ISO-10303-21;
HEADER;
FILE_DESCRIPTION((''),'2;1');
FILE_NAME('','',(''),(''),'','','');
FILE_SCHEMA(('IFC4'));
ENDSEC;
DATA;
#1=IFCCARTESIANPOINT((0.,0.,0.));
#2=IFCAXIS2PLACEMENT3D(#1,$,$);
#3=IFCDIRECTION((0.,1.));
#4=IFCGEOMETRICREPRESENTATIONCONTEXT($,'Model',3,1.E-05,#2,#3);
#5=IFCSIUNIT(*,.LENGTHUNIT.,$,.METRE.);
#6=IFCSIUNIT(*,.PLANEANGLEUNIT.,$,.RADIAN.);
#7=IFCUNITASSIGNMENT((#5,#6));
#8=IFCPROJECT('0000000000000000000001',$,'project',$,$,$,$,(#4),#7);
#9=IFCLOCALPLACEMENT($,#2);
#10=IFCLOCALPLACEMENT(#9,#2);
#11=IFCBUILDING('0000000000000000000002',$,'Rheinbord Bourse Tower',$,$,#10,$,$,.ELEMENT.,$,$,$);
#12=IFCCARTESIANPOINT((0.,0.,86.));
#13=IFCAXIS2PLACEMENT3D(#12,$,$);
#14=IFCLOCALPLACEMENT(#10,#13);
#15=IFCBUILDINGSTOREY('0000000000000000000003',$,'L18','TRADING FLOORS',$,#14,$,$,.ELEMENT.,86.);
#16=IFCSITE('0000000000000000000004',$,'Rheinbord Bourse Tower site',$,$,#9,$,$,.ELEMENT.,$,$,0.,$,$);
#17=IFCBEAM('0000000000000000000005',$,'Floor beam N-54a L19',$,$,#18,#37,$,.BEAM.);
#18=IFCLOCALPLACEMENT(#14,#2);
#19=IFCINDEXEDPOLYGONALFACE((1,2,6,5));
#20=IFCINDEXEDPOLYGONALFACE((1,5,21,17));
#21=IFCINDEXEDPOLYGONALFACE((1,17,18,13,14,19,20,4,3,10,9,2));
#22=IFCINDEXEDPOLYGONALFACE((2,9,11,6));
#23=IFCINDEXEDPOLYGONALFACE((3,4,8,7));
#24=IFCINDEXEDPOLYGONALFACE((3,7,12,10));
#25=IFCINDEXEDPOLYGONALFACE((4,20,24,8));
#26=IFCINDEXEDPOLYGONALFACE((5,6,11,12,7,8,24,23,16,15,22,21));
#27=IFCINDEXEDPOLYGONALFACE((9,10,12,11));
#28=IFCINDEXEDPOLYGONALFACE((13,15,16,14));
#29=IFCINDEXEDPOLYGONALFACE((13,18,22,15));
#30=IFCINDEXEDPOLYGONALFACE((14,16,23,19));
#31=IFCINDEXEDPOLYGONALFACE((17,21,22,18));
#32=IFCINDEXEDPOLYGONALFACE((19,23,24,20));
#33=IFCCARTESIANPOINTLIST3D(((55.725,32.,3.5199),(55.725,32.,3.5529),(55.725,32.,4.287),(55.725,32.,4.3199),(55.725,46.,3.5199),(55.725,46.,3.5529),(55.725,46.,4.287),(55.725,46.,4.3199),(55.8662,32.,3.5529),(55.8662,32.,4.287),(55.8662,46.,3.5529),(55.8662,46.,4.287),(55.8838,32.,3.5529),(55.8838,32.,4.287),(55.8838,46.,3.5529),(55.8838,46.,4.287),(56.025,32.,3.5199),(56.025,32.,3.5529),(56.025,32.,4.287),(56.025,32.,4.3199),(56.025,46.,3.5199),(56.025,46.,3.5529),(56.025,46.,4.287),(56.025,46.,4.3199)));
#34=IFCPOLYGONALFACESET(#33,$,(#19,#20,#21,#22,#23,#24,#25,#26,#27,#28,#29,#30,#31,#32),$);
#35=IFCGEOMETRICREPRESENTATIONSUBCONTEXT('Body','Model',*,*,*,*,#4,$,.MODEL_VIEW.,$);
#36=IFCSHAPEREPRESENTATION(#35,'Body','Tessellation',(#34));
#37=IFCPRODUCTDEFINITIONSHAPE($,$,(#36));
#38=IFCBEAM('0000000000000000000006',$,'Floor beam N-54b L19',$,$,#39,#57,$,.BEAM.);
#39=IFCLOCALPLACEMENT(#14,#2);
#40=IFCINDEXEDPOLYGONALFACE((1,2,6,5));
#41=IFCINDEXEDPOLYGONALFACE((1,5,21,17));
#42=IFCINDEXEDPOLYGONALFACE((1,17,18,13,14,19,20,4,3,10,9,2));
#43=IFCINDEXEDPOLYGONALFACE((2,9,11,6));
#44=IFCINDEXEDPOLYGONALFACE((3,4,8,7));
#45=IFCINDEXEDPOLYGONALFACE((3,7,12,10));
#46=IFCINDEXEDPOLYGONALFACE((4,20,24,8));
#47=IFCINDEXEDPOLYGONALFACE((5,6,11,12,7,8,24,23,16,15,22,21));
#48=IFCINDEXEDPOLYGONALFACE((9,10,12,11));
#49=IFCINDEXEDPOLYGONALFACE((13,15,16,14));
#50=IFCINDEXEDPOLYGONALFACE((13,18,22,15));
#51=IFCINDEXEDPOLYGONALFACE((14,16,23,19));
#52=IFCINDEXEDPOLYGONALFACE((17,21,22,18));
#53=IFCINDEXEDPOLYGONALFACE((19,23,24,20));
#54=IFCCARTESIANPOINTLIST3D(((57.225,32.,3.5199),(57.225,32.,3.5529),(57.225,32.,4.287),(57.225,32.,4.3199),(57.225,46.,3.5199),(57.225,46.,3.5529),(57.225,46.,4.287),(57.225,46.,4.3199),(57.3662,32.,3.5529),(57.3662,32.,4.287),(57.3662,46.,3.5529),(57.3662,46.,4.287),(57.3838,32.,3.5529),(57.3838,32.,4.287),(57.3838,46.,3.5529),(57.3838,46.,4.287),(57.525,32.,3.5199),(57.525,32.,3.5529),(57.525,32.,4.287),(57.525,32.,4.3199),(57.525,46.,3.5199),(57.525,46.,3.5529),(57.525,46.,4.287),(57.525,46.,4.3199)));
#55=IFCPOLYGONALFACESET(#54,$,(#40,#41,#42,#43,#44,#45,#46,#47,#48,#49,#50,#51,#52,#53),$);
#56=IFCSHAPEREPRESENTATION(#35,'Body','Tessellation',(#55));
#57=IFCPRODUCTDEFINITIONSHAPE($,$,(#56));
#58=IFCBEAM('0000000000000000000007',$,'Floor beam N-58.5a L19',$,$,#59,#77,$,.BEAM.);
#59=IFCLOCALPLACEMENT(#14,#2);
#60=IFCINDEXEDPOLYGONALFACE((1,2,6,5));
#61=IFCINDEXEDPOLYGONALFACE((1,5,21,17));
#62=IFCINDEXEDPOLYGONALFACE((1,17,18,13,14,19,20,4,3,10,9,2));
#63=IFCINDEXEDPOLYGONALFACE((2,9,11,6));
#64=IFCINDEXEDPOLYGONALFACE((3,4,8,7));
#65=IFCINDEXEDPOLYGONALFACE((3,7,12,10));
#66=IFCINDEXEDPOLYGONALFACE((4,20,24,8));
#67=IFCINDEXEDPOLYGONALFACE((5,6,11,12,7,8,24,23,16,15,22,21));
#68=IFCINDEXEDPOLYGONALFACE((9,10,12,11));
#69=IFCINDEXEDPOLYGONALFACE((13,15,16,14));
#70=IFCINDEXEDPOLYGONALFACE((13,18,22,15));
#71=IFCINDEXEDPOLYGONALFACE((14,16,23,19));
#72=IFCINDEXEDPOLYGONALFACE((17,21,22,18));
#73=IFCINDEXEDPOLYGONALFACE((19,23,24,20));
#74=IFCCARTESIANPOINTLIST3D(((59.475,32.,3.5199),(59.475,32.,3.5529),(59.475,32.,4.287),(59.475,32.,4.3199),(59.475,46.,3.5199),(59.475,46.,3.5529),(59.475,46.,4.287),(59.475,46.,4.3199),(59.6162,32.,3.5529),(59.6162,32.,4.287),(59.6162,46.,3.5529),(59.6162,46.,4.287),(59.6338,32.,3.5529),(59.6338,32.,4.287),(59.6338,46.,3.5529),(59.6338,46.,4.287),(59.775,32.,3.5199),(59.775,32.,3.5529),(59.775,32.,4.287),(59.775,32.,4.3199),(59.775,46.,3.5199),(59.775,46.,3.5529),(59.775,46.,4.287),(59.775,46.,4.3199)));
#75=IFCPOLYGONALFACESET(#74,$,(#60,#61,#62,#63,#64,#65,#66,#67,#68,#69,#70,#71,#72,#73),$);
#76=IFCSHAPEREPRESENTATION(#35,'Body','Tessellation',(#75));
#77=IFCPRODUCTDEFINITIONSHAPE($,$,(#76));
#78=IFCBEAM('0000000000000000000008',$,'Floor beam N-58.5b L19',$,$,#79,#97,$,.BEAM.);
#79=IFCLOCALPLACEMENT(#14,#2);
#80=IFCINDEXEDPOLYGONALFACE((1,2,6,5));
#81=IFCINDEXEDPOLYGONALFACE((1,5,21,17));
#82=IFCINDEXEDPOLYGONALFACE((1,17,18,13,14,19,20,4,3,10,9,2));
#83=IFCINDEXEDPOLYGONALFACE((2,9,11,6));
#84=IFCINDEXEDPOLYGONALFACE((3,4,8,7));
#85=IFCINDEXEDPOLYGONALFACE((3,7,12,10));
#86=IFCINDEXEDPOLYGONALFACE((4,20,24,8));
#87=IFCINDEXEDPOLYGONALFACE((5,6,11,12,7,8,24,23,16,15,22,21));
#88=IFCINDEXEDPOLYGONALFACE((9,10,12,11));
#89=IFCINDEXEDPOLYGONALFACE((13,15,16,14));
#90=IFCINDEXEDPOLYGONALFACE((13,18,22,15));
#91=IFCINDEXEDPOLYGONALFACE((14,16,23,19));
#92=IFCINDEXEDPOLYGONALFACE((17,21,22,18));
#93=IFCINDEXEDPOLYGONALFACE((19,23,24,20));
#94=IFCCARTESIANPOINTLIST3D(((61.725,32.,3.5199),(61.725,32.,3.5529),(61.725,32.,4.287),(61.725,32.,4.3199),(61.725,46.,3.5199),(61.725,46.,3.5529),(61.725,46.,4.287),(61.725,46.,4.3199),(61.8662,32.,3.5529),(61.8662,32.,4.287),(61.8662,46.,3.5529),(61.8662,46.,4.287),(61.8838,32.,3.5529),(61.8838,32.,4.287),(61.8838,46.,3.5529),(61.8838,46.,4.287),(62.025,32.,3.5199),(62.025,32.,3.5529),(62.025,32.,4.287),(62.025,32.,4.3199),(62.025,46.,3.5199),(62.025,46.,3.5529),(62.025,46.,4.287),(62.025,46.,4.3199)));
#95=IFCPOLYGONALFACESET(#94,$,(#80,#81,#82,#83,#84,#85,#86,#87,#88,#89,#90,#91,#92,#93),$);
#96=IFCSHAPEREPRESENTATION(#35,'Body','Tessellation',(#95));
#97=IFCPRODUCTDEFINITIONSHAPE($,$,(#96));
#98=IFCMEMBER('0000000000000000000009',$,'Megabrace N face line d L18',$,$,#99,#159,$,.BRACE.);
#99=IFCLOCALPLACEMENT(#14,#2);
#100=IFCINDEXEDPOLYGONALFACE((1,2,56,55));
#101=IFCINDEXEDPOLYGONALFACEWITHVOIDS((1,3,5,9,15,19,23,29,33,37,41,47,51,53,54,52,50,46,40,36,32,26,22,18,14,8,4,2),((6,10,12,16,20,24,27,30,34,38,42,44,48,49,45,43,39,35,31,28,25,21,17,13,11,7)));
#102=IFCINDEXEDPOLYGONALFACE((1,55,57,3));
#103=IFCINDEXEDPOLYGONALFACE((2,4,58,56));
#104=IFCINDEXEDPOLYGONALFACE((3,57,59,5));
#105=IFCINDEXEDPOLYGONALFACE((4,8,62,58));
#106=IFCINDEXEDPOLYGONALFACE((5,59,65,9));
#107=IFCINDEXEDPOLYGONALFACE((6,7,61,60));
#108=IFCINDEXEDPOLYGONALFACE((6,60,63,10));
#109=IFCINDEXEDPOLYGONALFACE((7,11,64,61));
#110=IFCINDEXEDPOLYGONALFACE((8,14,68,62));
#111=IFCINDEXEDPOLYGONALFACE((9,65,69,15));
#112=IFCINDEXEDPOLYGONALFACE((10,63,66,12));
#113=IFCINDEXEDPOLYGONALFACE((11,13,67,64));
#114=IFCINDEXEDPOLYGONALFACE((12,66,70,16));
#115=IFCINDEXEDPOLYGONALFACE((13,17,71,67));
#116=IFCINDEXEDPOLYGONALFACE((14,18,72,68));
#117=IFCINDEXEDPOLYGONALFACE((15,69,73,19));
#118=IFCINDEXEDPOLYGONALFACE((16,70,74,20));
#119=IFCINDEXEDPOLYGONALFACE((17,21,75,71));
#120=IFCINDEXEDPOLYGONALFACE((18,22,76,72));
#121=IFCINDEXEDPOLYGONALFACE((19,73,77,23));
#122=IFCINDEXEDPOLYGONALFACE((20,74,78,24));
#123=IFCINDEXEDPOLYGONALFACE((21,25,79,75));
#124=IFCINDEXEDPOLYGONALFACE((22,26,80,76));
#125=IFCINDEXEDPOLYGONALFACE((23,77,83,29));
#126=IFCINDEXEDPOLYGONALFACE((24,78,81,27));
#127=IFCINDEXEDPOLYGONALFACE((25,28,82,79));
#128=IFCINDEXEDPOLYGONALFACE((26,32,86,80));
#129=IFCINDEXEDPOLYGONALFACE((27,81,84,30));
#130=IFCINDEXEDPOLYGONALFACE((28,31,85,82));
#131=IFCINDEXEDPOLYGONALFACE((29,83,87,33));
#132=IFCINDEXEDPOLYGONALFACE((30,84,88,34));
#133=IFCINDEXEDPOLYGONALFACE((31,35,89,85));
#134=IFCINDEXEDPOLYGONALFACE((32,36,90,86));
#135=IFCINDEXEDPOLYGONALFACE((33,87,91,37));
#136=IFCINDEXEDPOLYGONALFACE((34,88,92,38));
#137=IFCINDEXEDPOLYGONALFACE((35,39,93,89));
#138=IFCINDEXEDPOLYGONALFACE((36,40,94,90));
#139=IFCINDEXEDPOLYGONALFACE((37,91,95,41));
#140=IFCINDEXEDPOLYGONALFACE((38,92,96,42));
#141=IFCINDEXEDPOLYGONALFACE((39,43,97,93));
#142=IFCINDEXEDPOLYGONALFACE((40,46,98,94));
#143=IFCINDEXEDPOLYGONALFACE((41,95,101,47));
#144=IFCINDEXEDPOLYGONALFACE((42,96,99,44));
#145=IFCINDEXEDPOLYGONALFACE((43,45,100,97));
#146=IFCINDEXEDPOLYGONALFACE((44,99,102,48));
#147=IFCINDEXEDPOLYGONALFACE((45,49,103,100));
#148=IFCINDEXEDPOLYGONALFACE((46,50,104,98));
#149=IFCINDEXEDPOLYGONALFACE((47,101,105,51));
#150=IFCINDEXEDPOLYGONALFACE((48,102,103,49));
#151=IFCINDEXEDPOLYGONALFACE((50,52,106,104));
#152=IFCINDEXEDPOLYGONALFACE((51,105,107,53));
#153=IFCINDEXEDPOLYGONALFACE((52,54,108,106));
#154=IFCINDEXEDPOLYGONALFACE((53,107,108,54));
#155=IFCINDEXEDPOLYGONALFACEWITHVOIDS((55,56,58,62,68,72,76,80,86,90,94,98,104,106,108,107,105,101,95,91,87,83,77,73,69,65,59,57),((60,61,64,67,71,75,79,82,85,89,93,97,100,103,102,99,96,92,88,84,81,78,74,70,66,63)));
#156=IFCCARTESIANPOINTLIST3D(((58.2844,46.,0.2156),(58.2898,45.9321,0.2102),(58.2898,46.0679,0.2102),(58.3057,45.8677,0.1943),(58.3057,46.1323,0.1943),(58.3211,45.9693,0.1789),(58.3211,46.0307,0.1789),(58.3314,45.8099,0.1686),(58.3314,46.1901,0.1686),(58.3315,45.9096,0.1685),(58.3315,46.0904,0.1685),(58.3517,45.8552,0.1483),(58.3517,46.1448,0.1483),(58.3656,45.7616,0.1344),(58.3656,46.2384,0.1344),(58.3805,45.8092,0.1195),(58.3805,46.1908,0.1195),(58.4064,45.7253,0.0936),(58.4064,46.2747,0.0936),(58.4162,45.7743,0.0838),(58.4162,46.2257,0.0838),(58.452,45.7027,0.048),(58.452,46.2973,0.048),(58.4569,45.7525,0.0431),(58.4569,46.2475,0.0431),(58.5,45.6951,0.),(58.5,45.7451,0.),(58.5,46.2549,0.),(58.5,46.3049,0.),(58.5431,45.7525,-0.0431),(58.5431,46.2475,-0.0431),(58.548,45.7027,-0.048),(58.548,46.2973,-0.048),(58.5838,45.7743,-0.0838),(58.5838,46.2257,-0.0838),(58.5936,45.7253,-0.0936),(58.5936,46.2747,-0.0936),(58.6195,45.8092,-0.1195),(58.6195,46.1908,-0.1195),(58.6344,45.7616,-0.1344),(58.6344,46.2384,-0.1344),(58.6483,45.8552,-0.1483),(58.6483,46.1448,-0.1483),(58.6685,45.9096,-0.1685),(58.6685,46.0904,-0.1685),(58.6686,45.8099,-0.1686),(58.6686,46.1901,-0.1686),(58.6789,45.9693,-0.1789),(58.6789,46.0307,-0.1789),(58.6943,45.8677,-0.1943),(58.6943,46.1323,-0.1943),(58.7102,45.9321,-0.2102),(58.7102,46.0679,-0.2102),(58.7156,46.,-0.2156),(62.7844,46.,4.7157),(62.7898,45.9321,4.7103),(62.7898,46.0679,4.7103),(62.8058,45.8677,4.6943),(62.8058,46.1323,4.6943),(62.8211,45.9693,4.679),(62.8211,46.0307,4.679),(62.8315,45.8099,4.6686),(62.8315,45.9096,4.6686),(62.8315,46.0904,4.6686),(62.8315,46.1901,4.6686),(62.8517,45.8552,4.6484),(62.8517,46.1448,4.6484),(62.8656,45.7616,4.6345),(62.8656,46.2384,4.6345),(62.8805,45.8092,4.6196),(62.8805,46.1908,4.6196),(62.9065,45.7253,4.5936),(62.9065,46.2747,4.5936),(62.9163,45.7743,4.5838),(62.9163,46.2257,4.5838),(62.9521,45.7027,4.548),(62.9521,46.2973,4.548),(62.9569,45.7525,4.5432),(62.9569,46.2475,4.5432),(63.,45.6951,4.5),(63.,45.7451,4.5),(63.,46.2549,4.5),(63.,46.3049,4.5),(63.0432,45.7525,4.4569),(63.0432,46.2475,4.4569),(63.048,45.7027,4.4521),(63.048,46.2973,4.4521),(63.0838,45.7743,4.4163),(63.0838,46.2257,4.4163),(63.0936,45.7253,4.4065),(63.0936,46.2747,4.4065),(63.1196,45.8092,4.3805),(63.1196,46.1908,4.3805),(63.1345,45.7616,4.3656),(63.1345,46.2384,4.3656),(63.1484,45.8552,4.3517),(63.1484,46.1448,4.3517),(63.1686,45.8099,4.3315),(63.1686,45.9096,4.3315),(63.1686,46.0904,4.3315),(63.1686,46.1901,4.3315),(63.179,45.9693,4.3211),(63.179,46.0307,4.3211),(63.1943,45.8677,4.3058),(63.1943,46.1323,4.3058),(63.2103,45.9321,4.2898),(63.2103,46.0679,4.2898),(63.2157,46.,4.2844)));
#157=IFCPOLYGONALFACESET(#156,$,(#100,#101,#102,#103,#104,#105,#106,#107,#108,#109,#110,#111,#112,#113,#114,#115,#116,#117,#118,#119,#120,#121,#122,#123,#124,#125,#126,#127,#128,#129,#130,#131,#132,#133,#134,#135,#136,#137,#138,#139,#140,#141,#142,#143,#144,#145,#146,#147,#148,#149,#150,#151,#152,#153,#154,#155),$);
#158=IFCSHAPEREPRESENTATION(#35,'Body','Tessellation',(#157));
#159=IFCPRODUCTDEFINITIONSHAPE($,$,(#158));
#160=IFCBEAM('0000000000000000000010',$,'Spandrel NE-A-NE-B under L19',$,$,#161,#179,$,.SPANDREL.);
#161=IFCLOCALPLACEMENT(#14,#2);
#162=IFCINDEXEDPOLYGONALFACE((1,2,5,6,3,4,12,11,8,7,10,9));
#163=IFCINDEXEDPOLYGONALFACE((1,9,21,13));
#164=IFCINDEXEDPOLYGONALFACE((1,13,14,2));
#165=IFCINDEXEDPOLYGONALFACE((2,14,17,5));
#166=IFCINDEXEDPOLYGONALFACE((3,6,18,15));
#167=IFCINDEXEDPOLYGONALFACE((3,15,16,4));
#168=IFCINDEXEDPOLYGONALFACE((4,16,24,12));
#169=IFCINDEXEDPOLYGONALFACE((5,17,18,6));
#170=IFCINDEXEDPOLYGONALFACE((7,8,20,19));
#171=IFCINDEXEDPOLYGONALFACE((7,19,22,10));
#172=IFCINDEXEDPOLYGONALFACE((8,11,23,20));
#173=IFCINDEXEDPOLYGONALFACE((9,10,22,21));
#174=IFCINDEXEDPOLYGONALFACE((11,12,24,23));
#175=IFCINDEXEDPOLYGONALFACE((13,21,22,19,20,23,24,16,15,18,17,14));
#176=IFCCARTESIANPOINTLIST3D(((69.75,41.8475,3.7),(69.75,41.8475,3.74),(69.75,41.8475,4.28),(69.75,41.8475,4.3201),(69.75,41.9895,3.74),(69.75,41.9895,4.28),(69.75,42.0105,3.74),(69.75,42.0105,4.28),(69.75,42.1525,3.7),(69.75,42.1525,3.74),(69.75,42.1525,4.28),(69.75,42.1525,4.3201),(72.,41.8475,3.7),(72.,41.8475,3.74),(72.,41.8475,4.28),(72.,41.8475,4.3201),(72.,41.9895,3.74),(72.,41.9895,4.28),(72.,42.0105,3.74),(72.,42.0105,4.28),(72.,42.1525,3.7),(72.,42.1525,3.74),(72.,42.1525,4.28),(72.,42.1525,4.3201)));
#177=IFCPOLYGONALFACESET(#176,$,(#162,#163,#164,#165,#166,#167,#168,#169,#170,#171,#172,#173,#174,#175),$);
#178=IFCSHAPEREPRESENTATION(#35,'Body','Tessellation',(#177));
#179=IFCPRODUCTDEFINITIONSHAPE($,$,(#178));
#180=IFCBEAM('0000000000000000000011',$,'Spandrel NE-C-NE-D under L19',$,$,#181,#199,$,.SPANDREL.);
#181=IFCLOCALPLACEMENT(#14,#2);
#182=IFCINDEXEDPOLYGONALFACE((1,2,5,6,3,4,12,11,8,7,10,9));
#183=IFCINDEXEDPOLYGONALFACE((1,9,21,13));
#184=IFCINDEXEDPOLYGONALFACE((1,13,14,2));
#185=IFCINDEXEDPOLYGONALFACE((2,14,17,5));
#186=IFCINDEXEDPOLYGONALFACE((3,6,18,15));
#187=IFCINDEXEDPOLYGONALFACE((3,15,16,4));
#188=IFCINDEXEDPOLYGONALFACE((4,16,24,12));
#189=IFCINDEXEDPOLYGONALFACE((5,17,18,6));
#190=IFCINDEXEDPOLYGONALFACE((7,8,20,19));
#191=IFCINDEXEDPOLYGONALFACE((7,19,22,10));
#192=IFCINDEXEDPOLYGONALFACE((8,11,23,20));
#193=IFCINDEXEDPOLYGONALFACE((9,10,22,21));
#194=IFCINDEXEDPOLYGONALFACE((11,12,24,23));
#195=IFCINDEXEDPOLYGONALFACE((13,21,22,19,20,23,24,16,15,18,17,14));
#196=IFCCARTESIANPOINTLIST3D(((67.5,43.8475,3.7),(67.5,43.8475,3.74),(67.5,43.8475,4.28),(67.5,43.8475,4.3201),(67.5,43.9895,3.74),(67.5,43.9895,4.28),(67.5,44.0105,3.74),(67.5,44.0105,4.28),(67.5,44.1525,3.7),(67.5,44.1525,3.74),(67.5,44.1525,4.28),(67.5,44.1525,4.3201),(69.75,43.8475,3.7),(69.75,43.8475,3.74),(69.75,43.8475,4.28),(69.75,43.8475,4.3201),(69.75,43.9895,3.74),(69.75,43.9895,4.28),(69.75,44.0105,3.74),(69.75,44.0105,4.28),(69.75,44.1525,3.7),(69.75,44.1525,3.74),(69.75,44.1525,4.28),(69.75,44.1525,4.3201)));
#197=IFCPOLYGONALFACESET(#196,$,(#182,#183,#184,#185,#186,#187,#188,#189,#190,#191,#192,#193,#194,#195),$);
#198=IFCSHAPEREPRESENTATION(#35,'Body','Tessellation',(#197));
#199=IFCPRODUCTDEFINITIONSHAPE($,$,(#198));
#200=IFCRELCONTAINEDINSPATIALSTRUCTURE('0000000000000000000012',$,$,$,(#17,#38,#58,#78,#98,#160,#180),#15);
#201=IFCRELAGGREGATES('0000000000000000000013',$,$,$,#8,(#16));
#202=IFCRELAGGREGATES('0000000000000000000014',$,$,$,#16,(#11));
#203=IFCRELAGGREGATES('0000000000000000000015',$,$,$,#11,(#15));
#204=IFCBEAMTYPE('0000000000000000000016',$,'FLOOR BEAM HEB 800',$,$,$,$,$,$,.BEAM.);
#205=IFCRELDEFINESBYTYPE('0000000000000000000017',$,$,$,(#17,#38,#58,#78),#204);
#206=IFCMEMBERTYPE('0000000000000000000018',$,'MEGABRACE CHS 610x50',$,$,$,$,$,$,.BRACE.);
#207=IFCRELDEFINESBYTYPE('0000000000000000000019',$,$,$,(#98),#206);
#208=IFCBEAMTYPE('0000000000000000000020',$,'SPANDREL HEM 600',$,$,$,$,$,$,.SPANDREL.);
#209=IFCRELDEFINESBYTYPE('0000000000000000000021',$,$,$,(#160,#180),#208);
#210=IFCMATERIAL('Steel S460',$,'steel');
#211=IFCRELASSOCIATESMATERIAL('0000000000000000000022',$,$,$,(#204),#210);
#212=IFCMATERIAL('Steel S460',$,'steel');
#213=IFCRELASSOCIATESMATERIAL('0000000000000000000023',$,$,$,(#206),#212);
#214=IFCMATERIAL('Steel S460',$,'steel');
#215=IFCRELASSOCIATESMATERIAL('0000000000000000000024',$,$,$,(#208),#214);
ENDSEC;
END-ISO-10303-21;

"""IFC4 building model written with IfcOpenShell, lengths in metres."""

from ifc_helpers import new_model, si_unit, direction, frame, origin, origin_2d, place, context, subcontext, project, spatial, hollow_circle, i_section, extrude, material, material_profile, profile_set, type_object, element, save


model = new_model("IFC4")

# Units and contexts
model_context = context("Model", 3, precision=1e-05, world=origin(), true_north=direction((0.0, 1.0)))
body_context = subcontext(model_context, "Body", "Model", "MODEL_VIEW")
ifc_project = project(units=[si_unit("LENGTHUNIT", "METRE"), si_unit("PLANEANGLEUNIT", "RADIAN")], contexts=[model_context])

# Site, building, storey
site_placement = place(None, origin())
site = spatial("IfcSite", under=ifc_project, at=site_placement, Name="Rheinbord Bourse Tower site", CompositionType="ELEMENT", RefElevation=0.0)
building_placement = place(site_placement, origin())
building = spatial("IfcBuilding", under=site, at=building_placement, Name="Rheinbord Bourse Tower", CompositionType="ELEMENT")
storey_placement = place(building_placement, frame((0.0, 0.0, 86.0)))
storey = spatial("IfcBuildingStorey", under=building, at=storey_placement, Name="L18", Description="TRADING FLOORS", CompositionType="ELEMENT", Elevation=86.0)

# Beams
ifc_material_1 = material(Name="Steel S460", Category="steel")
ifc_material_profile_1 = material_profile(ifc_material_1, i_section(OverallWidth=0.3, OverallDepth=0.8, WebThickness=0.0176, FlangeThickness=0.033, at=origin_2d()), Name="HEB 800")
ifc_profile_set_1 = profile_set([ifc_material_profile_1], Name="Steel S460")
beam_type_1 = type_object("IfcBeamType", Name="FLOOR BEAM HEB 800", PredefinedType="BEAM", material=ifc_profile_set_1)
for number, where, z_axis, x_axis, name in (
    (1, (55.875, 46.0, 3.9199), (0.0, -1.0, 0.0), (1.0, 0.0, 0.0), "Floor beam N-54a L19"),
    (2, (57.375, 46.0, 3.9199), (0.0, -1.0, 0.0), (1.0, 0.0, 0.0), "Floor beam N-54b L19"),
    (3, (59.625, 46.0, 3.9199), (0.0, -1.0, 0.0), (1.0, 0.0, 0.0), "Floor beam N-58.5a L19"),
    (4, (61.875, 46.0, 3.9199), (0.0, -1.0, 0.0), (1.0, 0.0, 0.0), "Floor beam N-58.5b L19"),
):
    element("IfcBeam", number, at=place(storey_placement, frame(where, z_axis=z_axis, x_axis=x_axis)), inside=storey, type_object=beam_type_1, Name=name, PredefinedType="BEAM", context=body_context, shape_type="SweptSolid", body=[
        extrude(i_section(OverallWidth=0.3, OverallDepth=0.8, WebThickness=0.0176, FlangeThickness=0.033, at=origin_2d()), origin(), (0.0, 0.0, 1.0), 14.0),
    ])

# Member
ifc_material_2 = material(Name="Steel S460", Category="steel")
ifc_material_profile_2 = material_profile(ifc_material_2, hollow_circle(Radius=0.3049, WallThickness=0.05, at=origin_2d()), Name="CHS 610x50")
ifc_profile_set_2 = profile_set([ifc_material_profile_2], Name="Steel S460")
member_type_1 = type_object("IfcMemberType", Name="MEGABRACE CHS 610x50", PredefinedType="BRACE", material=ifc_profile_set_2)
member_1_placement = place(storey_placement, frame((58.5, 46.0, 0.0), z_axis=(0.707107, 0.0, 0.707107), x_axis=(0.0, 1.0, 0.0)))
element("IfcMember", 5, at=member_1_placement, inside=storey, type_object=member_type_1, Name="Megabrace N face line d L18", PredefinedType="BRACE", context=body_context, shape_type="SweptSolid", body=[
    extrude(hollow_circle(Radius=0.3049, WallThickness=0.05, at=origin_2d()), origin(), (0.0, 0.0, 1.0), 6.364),
])

# Beams
ifc_material_3 = material(Name="Steel S460", Category="steel")
ifc_material_profile_3 = material_profile(ifc_material_3, i_section(OverallWidth=0.3049, OverallDepth=0.6201, WebThickness=0.021, FlangeThickness=0.04, at=origin_2d()), Name="HEM 600")
ifc_profile_set_3 = profile_set([ifc_material_profile_3], Name="Steel S460")
beam_type_2 = type_object("IfcBeamType", Name="SPANDREL HEM 600", PredefinedType="SPANDREL", material=ifc_profile_set_3)
for number, where, z_axis, x_axis, name in (
    (6, (72.0, 42.0, 4.01), (-1.0, 0.0, 0.0), (0.0, -1.0, 0.0), "Spandrel NE-A-NE-B under L19"),
    (7, (69.75, 44.0, 4.01), (-1.0, 0.0, 0.0), (0.0, -1.0, 0.0), "Spandrel NE-C-NE-D under L19"),
):
    element("IfcBeam", number, at=place(storey_placement, frame(where, z_axis=z_axis, x_axis=x_axis)), inside=storey, type_object=beam_type_2, Name=name, PredefinedType="SPANDREL", context=body_context, shape_type="SweptSolid", body=[
        extrude(i_section(OverallWidth=0.3049, OverallDepth=0.6201, WebThickness=0.021, FlangeThickness=0.04, at=origin_2d()), origin(), (0.0, 0.0, 1.0), 2.25),
    ])

save(model, "model.ifc")
